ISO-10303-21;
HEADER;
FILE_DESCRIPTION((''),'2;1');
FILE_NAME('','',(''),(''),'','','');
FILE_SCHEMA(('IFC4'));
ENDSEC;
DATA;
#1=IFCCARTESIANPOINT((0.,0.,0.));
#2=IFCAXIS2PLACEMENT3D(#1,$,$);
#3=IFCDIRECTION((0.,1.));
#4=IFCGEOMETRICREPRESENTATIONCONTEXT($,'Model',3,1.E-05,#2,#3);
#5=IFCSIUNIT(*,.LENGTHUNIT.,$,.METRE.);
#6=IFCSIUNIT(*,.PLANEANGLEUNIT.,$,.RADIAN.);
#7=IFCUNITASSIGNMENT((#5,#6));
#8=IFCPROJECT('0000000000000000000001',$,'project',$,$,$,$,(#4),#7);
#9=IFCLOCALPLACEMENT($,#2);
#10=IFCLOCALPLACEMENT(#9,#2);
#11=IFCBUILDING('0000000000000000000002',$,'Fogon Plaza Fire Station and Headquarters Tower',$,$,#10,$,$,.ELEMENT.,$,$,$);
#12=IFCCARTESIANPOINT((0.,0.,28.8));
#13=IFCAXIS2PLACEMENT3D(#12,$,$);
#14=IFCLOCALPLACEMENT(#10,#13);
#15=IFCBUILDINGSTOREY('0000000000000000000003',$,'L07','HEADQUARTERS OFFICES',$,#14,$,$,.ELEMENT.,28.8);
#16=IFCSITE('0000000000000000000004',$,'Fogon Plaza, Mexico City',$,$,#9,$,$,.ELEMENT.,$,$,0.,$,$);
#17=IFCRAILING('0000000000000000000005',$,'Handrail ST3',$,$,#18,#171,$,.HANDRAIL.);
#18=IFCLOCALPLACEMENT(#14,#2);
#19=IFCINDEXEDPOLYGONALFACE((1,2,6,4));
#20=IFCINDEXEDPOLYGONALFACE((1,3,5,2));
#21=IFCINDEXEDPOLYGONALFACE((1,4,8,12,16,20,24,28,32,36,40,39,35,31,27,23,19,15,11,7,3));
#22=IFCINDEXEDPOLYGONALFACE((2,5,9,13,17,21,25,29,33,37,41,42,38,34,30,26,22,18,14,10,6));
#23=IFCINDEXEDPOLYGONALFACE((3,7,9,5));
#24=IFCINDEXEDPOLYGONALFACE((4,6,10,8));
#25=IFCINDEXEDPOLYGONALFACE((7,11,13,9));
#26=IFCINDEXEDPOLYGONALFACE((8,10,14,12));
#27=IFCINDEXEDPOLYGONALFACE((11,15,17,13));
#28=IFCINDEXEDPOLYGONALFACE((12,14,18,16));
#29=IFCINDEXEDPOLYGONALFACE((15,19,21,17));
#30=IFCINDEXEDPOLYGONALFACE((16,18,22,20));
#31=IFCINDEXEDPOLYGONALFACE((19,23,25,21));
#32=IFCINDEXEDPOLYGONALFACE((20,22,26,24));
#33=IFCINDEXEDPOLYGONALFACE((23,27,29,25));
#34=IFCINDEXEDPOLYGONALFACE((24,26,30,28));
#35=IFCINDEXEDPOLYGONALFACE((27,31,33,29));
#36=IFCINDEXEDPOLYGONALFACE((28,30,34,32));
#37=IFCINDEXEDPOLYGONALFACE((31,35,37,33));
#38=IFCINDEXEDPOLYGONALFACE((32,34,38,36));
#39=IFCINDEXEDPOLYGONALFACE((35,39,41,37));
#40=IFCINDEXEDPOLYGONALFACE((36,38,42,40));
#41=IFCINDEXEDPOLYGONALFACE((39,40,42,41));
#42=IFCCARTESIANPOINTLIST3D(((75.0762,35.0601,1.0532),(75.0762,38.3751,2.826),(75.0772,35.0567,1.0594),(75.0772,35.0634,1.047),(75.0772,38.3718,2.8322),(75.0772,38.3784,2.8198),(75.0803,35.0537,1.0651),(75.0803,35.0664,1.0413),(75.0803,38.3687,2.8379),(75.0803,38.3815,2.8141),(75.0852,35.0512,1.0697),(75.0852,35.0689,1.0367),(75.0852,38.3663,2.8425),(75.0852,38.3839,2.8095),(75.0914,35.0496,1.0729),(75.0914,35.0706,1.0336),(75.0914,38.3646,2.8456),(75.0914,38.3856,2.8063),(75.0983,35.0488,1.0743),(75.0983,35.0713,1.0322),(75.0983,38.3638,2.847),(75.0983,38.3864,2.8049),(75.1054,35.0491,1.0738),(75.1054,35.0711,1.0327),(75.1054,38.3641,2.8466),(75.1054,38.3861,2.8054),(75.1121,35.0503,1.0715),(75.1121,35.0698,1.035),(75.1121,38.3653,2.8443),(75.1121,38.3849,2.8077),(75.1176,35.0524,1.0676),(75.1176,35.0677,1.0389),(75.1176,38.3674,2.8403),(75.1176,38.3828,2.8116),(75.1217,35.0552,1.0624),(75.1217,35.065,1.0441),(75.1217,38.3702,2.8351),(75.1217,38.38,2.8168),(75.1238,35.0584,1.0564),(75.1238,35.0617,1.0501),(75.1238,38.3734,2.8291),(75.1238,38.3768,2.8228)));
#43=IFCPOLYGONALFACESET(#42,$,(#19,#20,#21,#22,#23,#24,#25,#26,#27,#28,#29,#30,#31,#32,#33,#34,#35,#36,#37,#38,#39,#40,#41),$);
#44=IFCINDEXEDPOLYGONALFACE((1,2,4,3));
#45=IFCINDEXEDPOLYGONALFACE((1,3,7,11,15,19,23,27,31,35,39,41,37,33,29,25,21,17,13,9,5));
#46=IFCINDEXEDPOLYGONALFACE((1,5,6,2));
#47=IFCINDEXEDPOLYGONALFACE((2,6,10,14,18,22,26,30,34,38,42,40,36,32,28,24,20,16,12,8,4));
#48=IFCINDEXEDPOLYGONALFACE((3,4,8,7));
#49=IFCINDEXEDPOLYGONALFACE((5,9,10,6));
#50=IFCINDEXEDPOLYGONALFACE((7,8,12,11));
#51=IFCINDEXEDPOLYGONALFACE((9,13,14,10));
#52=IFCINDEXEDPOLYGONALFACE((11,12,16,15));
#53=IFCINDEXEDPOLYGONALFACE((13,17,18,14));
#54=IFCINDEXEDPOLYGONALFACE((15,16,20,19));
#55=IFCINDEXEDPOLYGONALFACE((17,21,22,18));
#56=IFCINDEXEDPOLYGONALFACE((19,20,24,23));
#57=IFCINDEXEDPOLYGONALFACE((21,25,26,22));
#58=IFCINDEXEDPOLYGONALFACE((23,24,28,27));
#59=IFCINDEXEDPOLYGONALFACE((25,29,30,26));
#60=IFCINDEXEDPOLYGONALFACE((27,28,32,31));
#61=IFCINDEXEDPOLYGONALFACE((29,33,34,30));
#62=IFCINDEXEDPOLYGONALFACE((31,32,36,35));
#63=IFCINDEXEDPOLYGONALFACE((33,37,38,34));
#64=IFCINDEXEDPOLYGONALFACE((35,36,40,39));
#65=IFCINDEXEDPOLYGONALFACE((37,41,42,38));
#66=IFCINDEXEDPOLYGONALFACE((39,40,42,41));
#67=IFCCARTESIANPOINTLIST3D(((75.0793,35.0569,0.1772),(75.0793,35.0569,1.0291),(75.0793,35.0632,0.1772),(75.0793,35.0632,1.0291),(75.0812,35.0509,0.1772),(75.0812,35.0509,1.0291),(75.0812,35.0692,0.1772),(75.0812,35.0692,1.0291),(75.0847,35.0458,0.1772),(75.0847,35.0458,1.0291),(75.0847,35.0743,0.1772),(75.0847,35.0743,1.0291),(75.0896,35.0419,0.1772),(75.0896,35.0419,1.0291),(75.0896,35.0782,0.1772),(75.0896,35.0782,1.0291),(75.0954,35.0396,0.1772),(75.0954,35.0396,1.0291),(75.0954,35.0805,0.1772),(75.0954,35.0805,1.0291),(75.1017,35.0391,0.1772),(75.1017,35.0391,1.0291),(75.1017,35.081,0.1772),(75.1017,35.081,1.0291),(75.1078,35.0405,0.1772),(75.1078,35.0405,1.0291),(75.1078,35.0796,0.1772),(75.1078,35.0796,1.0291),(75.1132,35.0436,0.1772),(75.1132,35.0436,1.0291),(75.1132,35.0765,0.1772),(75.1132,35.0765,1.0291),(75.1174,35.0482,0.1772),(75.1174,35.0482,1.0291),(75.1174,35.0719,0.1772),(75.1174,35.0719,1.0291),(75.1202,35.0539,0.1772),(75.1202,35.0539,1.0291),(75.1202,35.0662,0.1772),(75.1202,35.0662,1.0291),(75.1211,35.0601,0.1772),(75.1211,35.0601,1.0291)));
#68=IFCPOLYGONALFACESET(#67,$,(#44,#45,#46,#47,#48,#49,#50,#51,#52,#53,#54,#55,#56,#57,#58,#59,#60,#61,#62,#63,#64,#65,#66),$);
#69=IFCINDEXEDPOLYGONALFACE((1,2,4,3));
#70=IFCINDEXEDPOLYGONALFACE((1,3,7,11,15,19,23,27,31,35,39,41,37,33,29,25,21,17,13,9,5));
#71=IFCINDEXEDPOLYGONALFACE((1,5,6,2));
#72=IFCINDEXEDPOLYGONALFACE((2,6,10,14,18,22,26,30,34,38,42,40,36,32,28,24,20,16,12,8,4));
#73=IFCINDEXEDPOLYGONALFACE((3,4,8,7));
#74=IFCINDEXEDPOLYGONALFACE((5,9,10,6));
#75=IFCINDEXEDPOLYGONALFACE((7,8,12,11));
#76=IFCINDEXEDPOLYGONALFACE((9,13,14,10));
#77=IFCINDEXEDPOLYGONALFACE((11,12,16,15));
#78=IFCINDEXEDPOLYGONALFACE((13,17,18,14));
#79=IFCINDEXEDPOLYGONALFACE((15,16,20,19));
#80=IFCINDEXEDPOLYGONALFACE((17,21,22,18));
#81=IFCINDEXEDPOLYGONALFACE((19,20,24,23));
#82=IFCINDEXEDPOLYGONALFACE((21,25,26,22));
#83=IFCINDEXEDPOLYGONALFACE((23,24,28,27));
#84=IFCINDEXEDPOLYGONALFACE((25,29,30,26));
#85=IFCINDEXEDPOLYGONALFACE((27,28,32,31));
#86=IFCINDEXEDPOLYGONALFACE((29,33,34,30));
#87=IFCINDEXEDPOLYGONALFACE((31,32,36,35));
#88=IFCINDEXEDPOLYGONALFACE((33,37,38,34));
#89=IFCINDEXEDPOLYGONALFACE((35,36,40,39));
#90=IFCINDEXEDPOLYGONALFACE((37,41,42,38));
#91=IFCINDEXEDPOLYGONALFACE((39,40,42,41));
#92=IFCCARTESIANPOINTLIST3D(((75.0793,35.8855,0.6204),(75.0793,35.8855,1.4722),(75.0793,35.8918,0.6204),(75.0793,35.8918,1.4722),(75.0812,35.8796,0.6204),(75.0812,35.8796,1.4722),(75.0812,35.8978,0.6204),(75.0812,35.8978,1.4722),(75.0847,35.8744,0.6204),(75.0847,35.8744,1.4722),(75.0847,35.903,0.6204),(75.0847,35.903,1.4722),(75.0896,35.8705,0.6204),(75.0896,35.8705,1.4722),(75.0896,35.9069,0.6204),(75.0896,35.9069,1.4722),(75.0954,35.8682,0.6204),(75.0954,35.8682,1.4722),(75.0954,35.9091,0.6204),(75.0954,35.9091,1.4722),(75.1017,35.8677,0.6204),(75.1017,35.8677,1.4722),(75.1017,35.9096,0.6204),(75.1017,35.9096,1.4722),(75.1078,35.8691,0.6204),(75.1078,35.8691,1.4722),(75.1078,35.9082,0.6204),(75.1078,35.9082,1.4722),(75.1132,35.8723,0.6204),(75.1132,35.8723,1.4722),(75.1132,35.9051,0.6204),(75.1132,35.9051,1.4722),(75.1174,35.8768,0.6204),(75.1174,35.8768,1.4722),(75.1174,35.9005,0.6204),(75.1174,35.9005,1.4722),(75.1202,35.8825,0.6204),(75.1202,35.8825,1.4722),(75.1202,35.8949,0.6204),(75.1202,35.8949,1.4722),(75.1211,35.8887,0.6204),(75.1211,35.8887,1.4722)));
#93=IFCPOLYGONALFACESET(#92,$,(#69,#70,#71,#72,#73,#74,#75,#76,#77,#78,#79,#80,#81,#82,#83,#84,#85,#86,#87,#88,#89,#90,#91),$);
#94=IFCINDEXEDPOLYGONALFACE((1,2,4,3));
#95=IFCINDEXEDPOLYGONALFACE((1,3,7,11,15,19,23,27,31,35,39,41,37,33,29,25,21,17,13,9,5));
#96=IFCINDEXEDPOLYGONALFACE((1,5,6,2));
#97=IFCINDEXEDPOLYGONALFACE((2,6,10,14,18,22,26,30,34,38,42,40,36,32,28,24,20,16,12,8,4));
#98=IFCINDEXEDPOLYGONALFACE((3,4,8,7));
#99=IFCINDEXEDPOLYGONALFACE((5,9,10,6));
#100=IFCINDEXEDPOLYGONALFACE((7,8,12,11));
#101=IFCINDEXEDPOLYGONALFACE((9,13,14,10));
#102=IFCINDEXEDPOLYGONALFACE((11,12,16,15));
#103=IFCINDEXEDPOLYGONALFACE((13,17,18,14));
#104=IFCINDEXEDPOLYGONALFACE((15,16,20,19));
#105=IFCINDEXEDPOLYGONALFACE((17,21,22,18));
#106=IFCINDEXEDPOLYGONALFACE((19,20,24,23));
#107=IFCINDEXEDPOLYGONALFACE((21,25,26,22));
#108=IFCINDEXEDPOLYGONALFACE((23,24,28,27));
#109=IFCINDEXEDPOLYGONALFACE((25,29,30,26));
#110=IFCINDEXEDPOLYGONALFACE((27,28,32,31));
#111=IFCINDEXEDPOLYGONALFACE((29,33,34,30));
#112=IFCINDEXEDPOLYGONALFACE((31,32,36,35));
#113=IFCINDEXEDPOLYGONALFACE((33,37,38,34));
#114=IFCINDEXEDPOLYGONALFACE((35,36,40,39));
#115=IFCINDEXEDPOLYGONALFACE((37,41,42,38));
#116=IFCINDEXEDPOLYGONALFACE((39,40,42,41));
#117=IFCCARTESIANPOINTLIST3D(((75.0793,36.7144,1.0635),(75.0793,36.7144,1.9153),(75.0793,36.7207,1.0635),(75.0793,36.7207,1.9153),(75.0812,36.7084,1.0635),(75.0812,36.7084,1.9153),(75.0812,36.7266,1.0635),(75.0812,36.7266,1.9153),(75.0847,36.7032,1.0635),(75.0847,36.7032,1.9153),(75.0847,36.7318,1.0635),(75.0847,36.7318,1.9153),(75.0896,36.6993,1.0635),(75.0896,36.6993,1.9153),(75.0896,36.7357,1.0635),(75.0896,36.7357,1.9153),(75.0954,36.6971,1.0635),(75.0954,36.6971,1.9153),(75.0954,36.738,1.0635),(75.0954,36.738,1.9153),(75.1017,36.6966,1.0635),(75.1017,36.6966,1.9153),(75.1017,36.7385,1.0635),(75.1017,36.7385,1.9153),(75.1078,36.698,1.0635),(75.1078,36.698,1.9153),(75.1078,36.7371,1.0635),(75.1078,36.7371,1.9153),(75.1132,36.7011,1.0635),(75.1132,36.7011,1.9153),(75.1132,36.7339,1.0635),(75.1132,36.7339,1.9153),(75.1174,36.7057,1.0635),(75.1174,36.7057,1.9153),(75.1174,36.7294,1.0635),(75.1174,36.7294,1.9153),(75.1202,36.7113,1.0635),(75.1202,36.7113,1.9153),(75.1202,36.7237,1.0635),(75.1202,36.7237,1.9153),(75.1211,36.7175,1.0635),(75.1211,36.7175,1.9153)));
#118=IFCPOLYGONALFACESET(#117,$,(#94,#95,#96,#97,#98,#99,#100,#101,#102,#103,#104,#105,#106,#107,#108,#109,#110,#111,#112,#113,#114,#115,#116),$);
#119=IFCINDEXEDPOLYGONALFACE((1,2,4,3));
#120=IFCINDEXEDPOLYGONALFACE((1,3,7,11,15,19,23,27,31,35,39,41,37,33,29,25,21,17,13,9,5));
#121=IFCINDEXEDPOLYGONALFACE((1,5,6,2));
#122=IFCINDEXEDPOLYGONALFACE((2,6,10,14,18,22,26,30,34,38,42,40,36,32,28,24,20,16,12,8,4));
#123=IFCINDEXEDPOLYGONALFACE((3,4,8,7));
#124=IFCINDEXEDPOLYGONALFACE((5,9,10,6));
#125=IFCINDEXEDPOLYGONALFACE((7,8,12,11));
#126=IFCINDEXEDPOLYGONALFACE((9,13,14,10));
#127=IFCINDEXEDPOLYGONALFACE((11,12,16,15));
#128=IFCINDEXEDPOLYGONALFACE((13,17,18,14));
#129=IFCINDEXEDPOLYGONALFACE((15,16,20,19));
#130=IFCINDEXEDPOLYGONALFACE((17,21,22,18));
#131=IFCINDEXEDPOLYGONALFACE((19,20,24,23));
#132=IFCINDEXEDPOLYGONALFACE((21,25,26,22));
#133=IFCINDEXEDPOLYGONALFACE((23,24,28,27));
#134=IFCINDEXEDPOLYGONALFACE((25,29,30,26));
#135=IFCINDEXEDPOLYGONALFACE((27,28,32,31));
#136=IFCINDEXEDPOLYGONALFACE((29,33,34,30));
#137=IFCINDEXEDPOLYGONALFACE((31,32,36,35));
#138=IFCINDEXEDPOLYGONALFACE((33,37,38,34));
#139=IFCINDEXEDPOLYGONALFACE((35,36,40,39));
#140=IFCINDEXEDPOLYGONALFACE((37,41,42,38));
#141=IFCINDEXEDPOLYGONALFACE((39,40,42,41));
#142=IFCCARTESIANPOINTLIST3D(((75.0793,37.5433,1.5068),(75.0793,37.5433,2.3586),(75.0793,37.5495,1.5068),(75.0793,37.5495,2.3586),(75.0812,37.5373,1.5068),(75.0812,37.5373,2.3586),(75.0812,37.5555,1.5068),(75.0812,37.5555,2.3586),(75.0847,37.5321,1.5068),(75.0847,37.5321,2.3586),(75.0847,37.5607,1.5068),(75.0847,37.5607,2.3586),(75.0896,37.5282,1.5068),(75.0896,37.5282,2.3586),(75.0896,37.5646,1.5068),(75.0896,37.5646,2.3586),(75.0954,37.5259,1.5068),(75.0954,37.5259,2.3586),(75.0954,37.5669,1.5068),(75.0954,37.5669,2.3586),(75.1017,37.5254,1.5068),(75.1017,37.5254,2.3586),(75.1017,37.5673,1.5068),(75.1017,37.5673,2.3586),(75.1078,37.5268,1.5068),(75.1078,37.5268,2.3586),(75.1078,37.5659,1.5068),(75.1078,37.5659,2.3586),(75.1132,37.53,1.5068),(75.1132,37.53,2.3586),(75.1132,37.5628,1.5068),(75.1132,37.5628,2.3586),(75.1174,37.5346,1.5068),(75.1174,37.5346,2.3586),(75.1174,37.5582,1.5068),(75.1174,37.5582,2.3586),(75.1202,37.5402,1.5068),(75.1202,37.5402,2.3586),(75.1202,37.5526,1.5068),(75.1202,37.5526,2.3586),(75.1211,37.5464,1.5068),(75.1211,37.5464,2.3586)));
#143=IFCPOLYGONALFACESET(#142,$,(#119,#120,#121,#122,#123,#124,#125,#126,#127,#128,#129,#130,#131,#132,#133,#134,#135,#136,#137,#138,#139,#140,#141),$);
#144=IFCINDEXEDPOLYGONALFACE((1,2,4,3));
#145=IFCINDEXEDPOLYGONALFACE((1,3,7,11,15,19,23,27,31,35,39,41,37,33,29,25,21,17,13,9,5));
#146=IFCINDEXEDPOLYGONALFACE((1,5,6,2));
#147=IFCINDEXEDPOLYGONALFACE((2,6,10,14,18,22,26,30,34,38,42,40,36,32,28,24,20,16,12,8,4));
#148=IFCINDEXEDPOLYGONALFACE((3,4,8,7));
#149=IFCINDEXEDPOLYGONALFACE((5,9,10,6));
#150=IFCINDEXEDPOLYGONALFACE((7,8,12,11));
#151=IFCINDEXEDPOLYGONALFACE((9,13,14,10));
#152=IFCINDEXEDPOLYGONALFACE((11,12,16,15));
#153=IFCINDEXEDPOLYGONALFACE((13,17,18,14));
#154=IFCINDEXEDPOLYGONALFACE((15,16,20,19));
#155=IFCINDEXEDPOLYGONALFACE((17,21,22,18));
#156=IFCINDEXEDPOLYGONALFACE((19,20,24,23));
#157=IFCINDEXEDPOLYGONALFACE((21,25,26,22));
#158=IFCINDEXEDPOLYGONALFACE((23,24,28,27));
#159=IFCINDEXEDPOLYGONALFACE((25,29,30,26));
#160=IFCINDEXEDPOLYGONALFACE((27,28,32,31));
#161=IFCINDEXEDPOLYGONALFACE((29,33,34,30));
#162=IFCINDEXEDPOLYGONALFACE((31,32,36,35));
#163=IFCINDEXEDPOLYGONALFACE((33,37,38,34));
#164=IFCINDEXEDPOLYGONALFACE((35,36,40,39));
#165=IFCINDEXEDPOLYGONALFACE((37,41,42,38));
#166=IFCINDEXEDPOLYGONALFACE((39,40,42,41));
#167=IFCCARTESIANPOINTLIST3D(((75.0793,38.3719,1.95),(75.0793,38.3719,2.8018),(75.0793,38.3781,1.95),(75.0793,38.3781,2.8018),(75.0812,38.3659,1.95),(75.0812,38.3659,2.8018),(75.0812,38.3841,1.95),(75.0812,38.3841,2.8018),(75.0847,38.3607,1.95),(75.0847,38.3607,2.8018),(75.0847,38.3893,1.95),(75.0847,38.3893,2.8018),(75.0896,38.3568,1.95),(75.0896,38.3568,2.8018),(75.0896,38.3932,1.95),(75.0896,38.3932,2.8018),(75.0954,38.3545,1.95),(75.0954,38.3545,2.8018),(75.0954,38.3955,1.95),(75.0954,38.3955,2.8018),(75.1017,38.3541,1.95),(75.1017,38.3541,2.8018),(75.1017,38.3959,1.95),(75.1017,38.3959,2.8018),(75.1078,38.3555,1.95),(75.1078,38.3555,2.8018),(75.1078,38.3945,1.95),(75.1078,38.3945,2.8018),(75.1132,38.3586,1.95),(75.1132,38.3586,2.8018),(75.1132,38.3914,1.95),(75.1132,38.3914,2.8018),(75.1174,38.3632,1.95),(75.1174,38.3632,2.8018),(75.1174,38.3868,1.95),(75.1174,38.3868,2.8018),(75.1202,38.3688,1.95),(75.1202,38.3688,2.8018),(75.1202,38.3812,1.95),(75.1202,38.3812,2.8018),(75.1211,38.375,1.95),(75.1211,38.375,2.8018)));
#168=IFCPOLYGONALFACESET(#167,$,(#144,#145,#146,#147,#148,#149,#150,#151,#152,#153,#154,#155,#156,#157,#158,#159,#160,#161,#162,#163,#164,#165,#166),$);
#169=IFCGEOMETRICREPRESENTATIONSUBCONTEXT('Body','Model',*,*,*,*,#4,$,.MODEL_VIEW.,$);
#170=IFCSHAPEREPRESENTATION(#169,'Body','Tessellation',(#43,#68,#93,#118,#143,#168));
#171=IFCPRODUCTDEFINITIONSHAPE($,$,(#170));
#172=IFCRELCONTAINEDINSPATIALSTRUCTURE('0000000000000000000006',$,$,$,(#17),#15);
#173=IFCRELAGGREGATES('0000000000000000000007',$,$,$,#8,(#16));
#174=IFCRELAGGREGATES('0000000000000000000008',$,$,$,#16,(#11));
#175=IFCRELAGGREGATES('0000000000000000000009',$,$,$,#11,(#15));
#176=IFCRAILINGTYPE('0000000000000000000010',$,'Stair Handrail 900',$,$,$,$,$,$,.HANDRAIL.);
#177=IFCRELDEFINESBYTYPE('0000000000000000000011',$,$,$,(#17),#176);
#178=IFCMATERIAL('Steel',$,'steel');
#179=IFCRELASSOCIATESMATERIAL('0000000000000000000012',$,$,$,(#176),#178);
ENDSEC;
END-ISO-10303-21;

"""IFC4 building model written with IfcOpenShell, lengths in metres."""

from ifc_helpers import new_model, si_unit, direction, frame, origin, origin_2d, place, context, subcontext, project, spatial, circle, extrude, material, type_object, element, save


model = new_model("IFC4")

# Units and contexts
model_context = context("Model", 3, precision=1e-05, world=origin(), true_north=direction((0.0, 1.0)))
body_context = subcontext(model_context, "Body", "Model", "MODEL_VIEW")
ifc_project = project(units=[si_unit("LENGTHUNIT", "METRE"), si_unit("PLANEANGLEUNIT", "RADIAN")], contexts=[model_context])

# Site, building, storey
site_placement = place(None, origin())
site = spatial("IfcSite", under=ifc_project, at=site_placement, Name="Fogon Plaza, Mexico City", CompositionType="ELEMENT", RefElevation=0.0)
building_placement = place(site_placement, origin())
building = spatial("IfcBuilding", under=site, at=building_placement, Name="Fogon Plaza Fire Station and Headquarters Tower", CompositionType="ELEMENT")
storey_placement = place(building_placement, frame((0.0, 0.0, 28.8)))
storey = spatial("IfcBuildingStorey", under=building, at=storey_placement, Name="L07", Description="HEADQUARTERS OFFICES", CompositionType="ELEMENT", Elevation=28.8)

# Railing
ifc_material_1 = material(Name="Steel", Category="steel")
railing_type = type_object("IfcRailingType", Name="Stair Handrail 900", PredefinedType="HANDRAIL", material=ifc_material_1)
for number, where, name in (
    (1, (75.1001, 35.0601, 0.1772), "Handrail ST3"),
):
    element("IfcRailing", number, at=place(storey_placement, frame(where)), inside=storey, type_object=railing_type, Name=name, PredefinedType="HANDRAIL", context=body_context, shape_type="SweptSolid", body=[
        extrude(circle(Radius=0.0239, at=origin_2d()), frame((0.0, 0.0, 0.876), z_axis=(0.0, 0.881829, 0.471569), x_axis=(-1.0, 0.0, 0.0)), (0.0, 0.0, 1.0), 3.7593),
        extrude(circle(Radius=0.021, at=origin_2d()), origin(), (0.0, 0.0, 1.0), 0.8518),
        extrude(circle(Radius=0.021, at=origin_2d()), frame((0.0, 0.8286, 0.4431)), (0.0, 0.0, 1.0), 0.8518),
        extrude(circle(Radius=0.021, at=origin_2d()), frame((0.0, 1.6575, 0.8862)), (0.0, 0.0, 1.0), 0.8518),
        extrude(circle(Radius=0.021, at=origin_2d()), frame((0.0, 2.4863, 1.3296)), (0.0, 0.0, 1.0), 0.8518),
        extrude(circle(Radius=0.021, at=origin_2d()), frame((0.0, 3.3149, 1.7727)), (0.0, 0.0, 1.0), 0.8518),
    ])

save(model, "model.ifc")
